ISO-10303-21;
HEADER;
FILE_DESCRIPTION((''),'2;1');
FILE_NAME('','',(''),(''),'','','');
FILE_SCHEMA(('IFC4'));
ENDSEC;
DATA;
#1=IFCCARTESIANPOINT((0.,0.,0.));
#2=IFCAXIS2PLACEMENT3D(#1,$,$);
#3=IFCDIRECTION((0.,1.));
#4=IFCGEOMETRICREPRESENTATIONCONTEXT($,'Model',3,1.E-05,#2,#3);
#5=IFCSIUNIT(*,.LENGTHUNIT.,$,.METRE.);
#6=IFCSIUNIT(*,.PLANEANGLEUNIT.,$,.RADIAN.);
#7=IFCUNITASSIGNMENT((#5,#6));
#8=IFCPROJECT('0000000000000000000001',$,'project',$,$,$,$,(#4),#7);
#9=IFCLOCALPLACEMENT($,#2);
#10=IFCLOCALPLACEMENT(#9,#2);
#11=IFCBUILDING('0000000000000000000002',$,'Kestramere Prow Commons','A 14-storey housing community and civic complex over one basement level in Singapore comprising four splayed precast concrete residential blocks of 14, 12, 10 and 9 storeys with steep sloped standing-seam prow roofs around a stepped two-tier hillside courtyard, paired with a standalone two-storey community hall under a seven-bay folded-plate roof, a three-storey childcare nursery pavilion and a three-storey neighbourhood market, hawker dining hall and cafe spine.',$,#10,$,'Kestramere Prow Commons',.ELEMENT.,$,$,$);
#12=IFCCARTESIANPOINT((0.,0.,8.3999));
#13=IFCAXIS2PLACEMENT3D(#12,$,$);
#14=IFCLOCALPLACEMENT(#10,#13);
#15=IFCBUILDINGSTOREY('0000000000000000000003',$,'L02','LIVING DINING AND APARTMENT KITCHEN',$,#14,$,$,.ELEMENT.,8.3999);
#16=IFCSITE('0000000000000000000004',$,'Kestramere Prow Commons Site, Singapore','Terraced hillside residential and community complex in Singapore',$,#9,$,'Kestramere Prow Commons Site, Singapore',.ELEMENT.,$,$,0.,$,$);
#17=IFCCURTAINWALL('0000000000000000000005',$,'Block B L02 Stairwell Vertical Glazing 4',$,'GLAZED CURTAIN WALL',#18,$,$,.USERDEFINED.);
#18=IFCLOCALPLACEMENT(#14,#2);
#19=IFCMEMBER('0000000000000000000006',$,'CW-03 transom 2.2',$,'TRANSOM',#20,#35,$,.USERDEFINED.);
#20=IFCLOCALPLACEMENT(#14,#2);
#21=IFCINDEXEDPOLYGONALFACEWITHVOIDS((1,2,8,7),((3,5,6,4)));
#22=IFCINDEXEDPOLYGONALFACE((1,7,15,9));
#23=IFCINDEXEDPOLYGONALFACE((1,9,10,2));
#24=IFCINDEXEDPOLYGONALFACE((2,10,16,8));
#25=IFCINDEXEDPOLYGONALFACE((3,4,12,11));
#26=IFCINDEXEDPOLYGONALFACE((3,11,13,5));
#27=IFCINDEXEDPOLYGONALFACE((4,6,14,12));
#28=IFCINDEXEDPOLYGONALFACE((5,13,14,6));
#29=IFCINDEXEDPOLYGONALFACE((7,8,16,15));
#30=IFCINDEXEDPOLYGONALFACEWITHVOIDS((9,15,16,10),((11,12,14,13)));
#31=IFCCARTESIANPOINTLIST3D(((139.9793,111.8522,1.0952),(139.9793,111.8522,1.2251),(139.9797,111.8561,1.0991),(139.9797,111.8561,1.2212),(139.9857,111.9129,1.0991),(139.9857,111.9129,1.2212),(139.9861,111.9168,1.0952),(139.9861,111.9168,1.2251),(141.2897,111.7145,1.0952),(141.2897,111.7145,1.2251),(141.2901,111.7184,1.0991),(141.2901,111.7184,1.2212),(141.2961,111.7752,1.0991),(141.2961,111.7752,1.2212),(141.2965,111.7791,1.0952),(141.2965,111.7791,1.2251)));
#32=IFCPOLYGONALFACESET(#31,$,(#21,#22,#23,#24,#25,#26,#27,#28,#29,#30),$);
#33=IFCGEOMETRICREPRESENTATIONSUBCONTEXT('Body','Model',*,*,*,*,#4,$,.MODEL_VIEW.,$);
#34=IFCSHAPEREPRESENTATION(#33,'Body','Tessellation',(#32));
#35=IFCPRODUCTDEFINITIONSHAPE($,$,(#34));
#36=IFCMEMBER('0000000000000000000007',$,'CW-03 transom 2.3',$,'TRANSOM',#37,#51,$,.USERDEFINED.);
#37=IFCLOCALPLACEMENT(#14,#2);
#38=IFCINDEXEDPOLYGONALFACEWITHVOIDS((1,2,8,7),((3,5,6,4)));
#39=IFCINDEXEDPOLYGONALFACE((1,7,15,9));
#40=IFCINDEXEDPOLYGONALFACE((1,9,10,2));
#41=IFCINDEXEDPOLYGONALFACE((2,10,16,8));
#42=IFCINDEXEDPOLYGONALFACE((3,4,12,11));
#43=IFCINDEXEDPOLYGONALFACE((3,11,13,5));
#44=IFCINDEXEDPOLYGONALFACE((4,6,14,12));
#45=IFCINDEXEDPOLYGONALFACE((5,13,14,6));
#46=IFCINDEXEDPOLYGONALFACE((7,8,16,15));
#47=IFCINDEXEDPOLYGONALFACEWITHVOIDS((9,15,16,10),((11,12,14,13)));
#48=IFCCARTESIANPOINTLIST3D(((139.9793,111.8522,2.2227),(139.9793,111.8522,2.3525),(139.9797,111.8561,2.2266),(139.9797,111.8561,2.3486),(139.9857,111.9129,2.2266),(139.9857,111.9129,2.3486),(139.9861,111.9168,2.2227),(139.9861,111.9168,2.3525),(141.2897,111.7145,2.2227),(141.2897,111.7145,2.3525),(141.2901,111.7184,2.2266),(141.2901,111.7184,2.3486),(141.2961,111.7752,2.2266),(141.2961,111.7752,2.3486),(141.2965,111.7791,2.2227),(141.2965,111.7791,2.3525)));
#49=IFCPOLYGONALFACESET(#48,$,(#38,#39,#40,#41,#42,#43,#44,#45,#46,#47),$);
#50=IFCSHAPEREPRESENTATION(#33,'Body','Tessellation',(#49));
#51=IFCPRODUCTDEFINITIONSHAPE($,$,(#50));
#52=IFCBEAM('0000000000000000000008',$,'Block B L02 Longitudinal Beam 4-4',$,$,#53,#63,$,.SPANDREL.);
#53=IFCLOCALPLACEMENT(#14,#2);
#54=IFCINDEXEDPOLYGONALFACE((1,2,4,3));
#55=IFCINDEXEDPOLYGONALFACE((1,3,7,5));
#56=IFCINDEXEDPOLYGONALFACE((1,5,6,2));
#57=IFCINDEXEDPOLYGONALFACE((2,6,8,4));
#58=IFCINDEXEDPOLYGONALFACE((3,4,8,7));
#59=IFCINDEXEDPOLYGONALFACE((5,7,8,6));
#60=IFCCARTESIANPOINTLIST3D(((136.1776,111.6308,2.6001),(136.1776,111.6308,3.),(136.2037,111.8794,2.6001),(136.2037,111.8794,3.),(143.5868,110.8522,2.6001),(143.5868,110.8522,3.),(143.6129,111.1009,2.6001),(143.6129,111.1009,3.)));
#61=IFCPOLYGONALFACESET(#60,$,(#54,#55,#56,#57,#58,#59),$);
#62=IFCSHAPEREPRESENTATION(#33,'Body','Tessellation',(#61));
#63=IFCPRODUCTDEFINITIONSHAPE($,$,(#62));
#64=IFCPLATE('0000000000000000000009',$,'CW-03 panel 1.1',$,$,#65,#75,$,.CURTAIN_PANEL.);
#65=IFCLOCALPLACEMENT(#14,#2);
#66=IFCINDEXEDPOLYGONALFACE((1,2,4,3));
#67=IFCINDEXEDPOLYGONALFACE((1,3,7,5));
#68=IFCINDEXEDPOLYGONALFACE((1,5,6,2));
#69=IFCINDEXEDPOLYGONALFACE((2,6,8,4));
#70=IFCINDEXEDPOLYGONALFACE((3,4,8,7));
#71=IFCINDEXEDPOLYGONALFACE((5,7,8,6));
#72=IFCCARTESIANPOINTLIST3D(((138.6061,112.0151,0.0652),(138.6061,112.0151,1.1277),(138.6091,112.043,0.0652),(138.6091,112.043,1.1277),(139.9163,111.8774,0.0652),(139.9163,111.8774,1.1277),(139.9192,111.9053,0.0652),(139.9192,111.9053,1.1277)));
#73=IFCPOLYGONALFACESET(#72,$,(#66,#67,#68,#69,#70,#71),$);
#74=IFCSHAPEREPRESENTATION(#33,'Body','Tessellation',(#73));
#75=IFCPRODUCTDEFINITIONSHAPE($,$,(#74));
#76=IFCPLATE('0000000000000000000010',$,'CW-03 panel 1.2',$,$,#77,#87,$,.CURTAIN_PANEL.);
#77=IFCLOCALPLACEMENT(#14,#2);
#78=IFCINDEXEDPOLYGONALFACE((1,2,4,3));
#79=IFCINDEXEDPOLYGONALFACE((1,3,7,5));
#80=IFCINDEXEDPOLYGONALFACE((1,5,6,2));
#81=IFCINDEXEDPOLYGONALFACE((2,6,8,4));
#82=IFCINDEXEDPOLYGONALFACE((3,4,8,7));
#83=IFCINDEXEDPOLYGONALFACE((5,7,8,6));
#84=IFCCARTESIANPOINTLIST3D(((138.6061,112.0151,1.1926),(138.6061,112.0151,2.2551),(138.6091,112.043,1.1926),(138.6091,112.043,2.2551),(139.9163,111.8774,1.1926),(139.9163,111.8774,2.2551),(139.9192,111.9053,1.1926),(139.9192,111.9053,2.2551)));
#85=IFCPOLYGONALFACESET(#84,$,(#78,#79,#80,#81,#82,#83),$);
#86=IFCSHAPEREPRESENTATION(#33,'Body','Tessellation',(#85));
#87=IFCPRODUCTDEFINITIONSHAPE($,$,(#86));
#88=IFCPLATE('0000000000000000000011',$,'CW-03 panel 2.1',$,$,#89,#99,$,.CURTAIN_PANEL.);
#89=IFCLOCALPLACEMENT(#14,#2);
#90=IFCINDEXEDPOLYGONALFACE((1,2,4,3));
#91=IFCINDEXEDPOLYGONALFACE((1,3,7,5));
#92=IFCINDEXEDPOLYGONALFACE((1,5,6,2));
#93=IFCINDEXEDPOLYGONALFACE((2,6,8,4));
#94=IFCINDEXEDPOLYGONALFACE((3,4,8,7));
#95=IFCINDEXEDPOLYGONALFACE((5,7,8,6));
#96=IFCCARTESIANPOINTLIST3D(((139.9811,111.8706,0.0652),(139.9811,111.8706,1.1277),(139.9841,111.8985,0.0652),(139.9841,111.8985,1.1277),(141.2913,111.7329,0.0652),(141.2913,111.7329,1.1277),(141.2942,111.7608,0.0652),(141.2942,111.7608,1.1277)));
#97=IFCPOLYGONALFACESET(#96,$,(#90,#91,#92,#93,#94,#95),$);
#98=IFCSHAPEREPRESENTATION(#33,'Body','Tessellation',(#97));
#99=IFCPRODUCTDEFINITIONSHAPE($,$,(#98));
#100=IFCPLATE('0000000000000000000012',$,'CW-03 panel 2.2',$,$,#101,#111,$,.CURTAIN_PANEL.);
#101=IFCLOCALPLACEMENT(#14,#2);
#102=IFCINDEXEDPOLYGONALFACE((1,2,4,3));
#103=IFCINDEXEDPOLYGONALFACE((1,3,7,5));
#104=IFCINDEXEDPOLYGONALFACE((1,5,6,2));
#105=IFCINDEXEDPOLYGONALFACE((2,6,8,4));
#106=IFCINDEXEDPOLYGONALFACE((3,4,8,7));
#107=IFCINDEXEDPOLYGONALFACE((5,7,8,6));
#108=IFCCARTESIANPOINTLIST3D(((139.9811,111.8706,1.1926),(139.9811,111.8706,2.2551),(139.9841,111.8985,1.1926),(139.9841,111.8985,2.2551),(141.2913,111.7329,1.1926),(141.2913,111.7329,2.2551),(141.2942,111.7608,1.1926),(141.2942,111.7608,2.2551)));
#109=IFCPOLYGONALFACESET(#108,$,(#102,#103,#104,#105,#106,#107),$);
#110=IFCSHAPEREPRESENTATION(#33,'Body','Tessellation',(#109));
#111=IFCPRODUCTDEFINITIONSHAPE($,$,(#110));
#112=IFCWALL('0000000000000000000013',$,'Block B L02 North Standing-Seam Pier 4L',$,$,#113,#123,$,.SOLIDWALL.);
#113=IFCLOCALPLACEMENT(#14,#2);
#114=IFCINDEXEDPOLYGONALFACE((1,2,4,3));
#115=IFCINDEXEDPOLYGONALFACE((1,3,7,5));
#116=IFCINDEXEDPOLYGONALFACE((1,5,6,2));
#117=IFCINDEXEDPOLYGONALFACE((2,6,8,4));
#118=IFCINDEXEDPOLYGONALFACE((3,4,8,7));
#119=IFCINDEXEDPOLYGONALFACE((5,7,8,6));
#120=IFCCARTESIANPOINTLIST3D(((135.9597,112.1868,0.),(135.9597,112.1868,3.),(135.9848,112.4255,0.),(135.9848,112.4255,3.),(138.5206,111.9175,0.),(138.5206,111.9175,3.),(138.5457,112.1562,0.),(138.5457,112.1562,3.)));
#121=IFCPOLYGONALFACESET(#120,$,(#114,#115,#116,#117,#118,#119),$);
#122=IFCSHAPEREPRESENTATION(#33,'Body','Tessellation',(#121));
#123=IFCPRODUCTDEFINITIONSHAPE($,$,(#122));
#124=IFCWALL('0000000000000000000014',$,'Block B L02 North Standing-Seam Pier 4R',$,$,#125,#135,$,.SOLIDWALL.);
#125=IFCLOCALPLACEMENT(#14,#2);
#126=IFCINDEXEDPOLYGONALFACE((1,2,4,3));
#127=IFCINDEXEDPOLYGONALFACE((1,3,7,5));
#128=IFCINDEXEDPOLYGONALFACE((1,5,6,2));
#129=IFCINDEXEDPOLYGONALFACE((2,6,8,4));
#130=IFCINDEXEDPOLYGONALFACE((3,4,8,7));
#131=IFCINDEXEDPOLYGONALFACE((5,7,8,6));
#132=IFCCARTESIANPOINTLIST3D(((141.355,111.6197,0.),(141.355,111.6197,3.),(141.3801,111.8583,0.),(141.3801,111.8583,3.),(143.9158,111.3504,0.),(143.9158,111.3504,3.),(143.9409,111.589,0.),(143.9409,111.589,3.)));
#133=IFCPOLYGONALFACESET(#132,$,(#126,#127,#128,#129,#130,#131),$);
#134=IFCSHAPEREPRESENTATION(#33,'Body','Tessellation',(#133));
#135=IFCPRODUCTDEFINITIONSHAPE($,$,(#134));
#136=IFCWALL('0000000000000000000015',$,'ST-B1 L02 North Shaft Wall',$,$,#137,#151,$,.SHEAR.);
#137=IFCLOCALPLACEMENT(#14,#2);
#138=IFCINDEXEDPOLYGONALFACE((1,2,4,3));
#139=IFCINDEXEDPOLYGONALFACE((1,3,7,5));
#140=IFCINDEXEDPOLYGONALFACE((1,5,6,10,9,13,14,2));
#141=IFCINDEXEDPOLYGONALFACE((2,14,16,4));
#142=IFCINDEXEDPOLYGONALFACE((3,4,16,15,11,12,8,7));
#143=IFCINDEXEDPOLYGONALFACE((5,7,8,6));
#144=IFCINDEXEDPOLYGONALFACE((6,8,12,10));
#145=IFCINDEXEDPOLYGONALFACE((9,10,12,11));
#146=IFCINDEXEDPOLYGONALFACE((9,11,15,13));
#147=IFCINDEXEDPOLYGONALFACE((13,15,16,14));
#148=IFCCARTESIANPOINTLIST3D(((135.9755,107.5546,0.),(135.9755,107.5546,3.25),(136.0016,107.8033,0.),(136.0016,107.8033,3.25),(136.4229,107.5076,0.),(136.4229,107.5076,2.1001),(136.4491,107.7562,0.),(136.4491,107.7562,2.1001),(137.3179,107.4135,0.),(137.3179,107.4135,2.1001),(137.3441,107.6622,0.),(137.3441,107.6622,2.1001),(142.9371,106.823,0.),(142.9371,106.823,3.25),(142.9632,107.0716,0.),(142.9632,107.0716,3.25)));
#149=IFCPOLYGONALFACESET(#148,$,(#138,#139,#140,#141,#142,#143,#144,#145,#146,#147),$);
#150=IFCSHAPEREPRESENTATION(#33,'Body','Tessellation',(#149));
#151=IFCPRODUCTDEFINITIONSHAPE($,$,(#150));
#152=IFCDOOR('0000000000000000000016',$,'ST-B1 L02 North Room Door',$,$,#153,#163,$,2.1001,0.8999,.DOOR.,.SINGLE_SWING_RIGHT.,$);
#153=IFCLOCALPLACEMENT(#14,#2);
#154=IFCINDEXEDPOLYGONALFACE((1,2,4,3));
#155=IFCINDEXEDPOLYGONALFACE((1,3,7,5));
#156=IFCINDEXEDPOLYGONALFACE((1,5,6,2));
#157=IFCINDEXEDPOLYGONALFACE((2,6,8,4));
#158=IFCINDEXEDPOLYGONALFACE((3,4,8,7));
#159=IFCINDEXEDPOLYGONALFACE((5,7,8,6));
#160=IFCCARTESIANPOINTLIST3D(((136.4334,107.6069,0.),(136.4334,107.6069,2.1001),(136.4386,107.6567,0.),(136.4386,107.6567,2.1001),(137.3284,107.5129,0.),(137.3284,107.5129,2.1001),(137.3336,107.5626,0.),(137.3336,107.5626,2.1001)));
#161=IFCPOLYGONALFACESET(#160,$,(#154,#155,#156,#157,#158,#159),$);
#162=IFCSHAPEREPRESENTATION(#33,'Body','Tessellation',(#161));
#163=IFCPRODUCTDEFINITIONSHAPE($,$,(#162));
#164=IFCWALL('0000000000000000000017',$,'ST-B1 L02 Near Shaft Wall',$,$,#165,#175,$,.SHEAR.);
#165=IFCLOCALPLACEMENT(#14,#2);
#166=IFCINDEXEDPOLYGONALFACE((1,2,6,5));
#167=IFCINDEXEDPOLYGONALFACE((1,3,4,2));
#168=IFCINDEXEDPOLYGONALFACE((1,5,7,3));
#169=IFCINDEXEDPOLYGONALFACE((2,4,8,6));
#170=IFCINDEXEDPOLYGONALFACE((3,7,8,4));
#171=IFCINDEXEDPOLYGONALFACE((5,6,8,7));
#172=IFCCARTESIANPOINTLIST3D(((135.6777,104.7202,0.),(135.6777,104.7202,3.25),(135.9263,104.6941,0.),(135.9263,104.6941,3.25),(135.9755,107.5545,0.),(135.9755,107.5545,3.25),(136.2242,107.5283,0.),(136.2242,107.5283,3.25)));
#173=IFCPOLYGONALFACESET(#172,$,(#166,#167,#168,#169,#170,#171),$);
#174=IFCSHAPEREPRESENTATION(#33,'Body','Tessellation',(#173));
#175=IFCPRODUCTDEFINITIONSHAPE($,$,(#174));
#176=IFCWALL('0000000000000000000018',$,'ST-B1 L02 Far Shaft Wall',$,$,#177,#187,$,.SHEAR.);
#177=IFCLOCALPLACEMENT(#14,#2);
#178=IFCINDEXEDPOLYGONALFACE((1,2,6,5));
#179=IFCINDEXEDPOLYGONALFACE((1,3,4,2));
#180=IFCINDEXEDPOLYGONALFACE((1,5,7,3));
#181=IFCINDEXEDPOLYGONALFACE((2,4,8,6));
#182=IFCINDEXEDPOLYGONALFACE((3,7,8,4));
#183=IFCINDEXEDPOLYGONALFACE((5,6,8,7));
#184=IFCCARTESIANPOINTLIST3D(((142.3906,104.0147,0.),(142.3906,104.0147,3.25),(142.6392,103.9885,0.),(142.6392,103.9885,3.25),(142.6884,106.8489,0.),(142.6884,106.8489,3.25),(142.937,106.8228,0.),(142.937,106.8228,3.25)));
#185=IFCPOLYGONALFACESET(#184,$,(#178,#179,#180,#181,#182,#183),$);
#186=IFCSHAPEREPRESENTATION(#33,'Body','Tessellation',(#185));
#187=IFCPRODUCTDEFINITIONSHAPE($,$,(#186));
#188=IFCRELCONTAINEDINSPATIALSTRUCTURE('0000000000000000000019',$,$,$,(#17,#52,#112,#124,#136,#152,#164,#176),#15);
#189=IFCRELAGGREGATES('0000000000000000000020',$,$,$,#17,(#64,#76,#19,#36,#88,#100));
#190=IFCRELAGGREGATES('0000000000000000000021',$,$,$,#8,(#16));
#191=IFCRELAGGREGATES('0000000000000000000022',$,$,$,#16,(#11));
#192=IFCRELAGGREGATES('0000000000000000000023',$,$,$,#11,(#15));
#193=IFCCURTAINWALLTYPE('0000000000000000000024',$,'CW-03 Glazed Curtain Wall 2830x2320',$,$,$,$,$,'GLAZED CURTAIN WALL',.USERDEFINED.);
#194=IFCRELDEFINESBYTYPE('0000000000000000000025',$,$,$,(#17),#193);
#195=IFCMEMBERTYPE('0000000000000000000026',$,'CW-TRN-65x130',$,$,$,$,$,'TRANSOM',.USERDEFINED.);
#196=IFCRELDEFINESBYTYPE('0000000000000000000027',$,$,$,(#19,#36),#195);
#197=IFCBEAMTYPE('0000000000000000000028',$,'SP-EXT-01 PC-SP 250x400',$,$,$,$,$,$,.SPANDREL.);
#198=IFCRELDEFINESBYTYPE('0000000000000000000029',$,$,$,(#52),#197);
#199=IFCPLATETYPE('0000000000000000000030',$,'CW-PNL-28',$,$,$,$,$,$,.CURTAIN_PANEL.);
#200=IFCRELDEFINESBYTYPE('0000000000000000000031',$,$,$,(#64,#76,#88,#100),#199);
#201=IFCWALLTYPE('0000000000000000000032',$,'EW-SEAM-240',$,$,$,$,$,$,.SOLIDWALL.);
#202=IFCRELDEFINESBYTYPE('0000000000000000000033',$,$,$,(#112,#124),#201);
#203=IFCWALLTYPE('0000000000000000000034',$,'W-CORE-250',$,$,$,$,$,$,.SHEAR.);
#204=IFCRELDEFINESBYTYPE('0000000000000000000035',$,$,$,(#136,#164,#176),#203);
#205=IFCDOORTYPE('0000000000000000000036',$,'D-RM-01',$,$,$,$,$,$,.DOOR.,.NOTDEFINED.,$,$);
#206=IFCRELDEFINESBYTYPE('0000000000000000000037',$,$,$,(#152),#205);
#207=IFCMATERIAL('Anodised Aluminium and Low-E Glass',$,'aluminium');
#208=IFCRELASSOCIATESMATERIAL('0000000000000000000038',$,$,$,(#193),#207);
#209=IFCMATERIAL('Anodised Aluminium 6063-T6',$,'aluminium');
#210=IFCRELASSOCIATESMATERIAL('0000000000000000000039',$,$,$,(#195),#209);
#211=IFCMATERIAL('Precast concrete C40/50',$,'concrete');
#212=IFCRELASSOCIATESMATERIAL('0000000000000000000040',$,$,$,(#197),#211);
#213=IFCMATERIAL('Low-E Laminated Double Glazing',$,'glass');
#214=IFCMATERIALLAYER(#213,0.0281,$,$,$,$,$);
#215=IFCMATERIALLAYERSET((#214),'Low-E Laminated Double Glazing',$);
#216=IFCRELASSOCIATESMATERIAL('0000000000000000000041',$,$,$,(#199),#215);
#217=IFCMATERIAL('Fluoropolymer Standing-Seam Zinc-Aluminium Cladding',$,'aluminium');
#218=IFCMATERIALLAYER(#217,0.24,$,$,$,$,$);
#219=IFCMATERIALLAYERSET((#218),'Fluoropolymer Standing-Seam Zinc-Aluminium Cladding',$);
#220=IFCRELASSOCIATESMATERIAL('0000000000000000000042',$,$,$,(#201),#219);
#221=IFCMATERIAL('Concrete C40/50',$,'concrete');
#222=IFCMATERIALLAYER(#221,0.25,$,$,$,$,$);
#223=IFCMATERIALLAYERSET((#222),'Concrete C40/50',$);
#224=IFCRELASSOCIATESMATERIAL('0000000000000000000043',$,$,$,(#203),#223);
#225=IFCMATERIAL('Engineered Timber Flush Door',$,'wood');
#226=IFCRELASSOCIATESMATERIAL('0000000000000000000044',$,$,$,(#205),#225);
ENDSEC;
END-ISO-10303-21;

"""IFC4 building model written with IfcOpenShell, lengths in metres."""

from ifc_helpers import new_model, si_unit, direction, frame, frame_2d, origin, origin_2d, place, context, subcontext, project, spatial, rectangle, hollow_rectangle, extrude, material, layer, layer_set, material_profile, profile_set, type_object, element, fill, aggregate, save


model = new_model("IFC4")

# Units and contexts
model_context = context("Model", 3, precision=1e-05, world=origin(), true_north=direction((0.0, 1.0)))
body_context = subcontext(model_context, "Body", "Model", "MODEL_VIEW")
ifc_project = project(units=[si_unit("LENGTHUNIT", "METRE"), si_unit("PLANEANGLEUNIT", "RADIAN")], contexts=[model_context])

# Site, building, storey
site_placement = place(None, origin())
site = spatial("IfcSite", under=ifc_project, at=site_placement, Name="Kestramere Prow Commons Site, Singapore", Description="Terraced hillside residential and community complex in Singapore", LongName="Kestramere Prow Commons Site, Singapore", CompositionType="ELEMENT", RefElevation=0.0)
building_placement = place(site_placement, origin())
building = spatial("IfcBuilding", under=site, at=building_placement, Name="Kestramere Prow Commons", Description="A 14-storey housing community and civic complex over one basement level in Singapore comprising four splayed precast concrete residential blocks of 14, 12, 10 and 9 storeys with steep sloped standing-seam prow roofs around a stepped two-tier hillside courtyard, paired with a standalone two-storey community hall under a seven-bay folded-plate roof, a three-storey childcare nursery pavilion and a three-storey neighbourhood market, hawker dining hall and cafe spine.", LongName="Kestramere Prow Commons", CompositionType="ELEMENT")
storey_placement = place(building_placement, frame((0.0, 0.0, 8.3999)))
storey = spatial("IfcBuildingStorey", under=building, at=storey_placement, Name="L02", Description="LIVING DINING AND APARTMENT KITCHEN", CompositionType="ELEMENT", Elevation=8.3999)

# Shared definitions
ifc_material_1 = material(Name="Precast concrete C40/50", Category="concrete")

# Shared definitions
ifc_material_2 = material(Name="Concrete C40/50", Category="concrete")

# Curtain wall, members
ifc_material_3 = material(Name="Anodised Aluminium and Low-E Glass", Category="aluminium")
curtain_wall_type = type_object("IfcCurtainWallType", Name="CW-03 Glazed Curtain Wall 2830x2320", ElementType="GLAZED CURTAIN WALL", PredefinedType="USERDEFINED", material=ifc_material_3)
curtain_wall_placement = place(storey_placement, origin())
curtain_wall = element("IfcCurtainWall", 1, at=curtain_wall_placement, inside=storey, type_object=curtain_wall_type, Name="Block B L02 Stairwell Vertical Glazing 4", ObjectType="GLAZED CURTAIN WALL", PredefinedType="USERDEFINED")
ifc_material_4 = material(Name="Anodised Aluminium 6063-T6", Category="aluminium")
ifc_material_profile_1 = material_profile(ifc_material_4, hollow_rectangle(XDim=0.0649, YDim=0.1299, WallThickness=0.0039, at=origin_2d()), Name="ALU-TRN 65x130")
ifc_profile_set_1 = profile_set([ifc_material_profile_1], Name="Anodised Aluminium 6063-T6")
member_type_1 = type_object("IfcMemberType", Name="CW-TRN-65x130", ElementType="TRANSOM", PredefinedType="USERDEFINED", material=ifc_profile_set_1)
member_1_placement = place(storey_placement, frame((139.9827, 111.8845, 1.1602), z_axis=(0.994524, -0.104511, 0.0), x_axis=(0.104511, 0.994524, 0.0)))
member_1 = element("IfcMember", 2, at=member_1_placement, type_object=member_type_1, Name="CW-03 transom 2.2", ObjectType="TRANSOM", PredefinedType="USERDEFINED", context=body_context, shape_type="SweptSolid", body=[
    extrude(hollow_rectangle(XDim=0.0649, YDim=0.1299, WallThickness=0.0039, at=origin_2d()), origin(), (0.0, 0.0, 1.0), 1.3176),
])
member_2_placement = place(storey_placement, frame((139.9827, 111.8845, 2.2876), z_axis=(0.994524, -0.104511, 0.0), x_axis=(0.104511, 0.994524, 0.0)))
member_2 = element("IfcMember", 3, at=member_2_placement, type_object=member_type_1, Name="CW-03 transom 2.3", ObjectType="TRANSOM", PredefinedType="USERDEFINED", context=body_context, shape_type="SweptSolid", body=[
    extrude(hollow_rectangle(XDim=0.0649, YDim=0.1299, WallThickness=0.0039, at=origin_2d()), origin(), (0.0, 0.0, 1.0), 1.3176),
])

# Beam
ifc_material_profile_2 = material_profile(ifc_material_1, rectangle(XDim=0.25, YDim=0.3999, at=origin_2d()), Name="PC-SP 250x400")
ifc_profile_set_2 = profile_set([ifc_material_profile_2], Name="Precast concrete C40/50")
beam_type_1 = type_object("IfcBeamType", Name="SP-EXT-01 PC-SP 250x400", PredefinedType="SPANDREL", material=ifc_profile_set_2)
beam_1_placement = place(storey_placement, frame((136.1907, 111.7551, 2.8), z_axis=(0.994524, -0.104506, 0.0), x_axis=(0.104506, 0.994524, 0.0)))
element("IfcBeam", 4, at=beam_1_placement, inside=storey, type_object=beam_type_1, Name="Block B L02 Longitudinal Beam 4-4", PredefinedType="SPANDREL", context=body_context, shape_type="SweptSolid", body=[
    extrude(rectangle(XDim=0.25, YDim=0.3999, at=origin_2d()), origin(), (0.0, 0.0, 1.0), 7.45),
])

# Plates
ifc_material_5 = material(Name="Low-E Laminated Double Glazing", Category="glass")
ifc_layer_1 = layer(ifc_material_5, 0.0281)
ifc_layer_set_1 = layer_set([ifc_layer_1], Name="Low-E Laminated Double Glazing")
plate_type = type_object("IfcPlateType", Name="CW-PNL-28", PredefinedType="CURTAIN_PANEL", material=ifc_layer_set_1)
plate_1_placement = place(storey_placement, frame((139.2627, 111.9602, 0.0652), z_axis=(0.0, 0.0, 1.0), x_axis=(0.994522, -0.104529, 0.0)))
plate_1 = element("IfcPlate", 5, at=plate_1_placement, type_object=plate_type, Name="CW-03 panel 1.1", PredefinedType="CURTAIN_PANEL", context=body_context, shape_type="SweptSolid", body=[
    extrude(rectangle(XDim=1.3174, YDim=0.0281, at=origin_2d()), origin(), (0.0, 0.0, 1.0), 1.0625),
])
plate_2_placement = place(storey_placement, frame((139.2627, 111.9602, 1.1926), z_axis=(0.0, 0.0, 1.0), x_axis=(0.994522, -0.104529, 0.0)))
plate_2 = element("IfcPlate", 6, at=plate_2_placement, type_object=plate_type, Name="CW-03 panel 1.2", PredefinedType="CURTAIN_PANEL", context=body_context, shape_type="SweptSolid", body=[
    extrude(rectangle(XDim=1.3174, YDim=0.0281, at=origin_2d()), origin(), (0.0, 0.0, 1.0), 1.0625),
])
plate_3_placement = place(storey_placement, frame((140.6377, 111.8157, 0.0652), z_axis=(0.0, 0.0, 1.0), x_axis=(0.994522, -0.104529, 0.0)))
plate_3 = element("IfcPlate", 7, at=plate_3_placement, type_object=plate_type, Name="CW-03 panel 2.1", PredefinedType="CURTAIN_PANEL", context=body_context, shape_type="SweptSolid", body=[
    extrude(rectangle(XDim=1.3174, YDim=0.0281, at=origin_2d()), origin(), (0.0, 0.0, 1.0), 1.0625),
])
plate_4_placement = place(storey_placement, frame((140.6377, 111.8157, 1.1926), z_axis=(0.0, 0.0, 1.0), x_axis=(0.994522, -0.104529, 0.0)))
plate_4 = element("IfcPlate", 8, at=plate_4_placement, type_object=plate_type, Name="CW-03 panel 2.2", PredefinedType="CURTAIN_PANEL", context=body_context, shape_type="SweptSolid", body=[
    extrude(rectangle(XDim=1.3174, YDim=0.0281, at=origin_2d()), origin(), (0.0, 0.0, 1.0), 1.0625),
])
aggregate(curtain_wall, [plate_1, plate_2, member_1, member_2, plate_3, plate_4])

# Walls
ifc_material_6 = material(Name="Fluoropolymer Standing-Seam Zinc-Aluminium Cladding", Category="aluminium")
ifc_layer_2 = layer(ifc_material_6, 0.24)
ifc_layer_set_2 = layer_set([ifc_layer_2], Name="Fluoropolymer Standing-Seam Zinc-Aluminium Cladding")
wall_type_1 = type_object("IfcWallType", Name="EW-SEAM-240", PredefinedType="SOLIDWALL", material=ifc_layer_set_2)
for number, where, z_axis, x_axis, name in (
    (9, (135.9722, 112.3062, 0.0), (0.0, 0.0, 1.0), (0.994516, -0.104581, 0.0), "Block B L02 North Standing-Seam Pier 4L"),
    (10, (141.3674, 111.739, 0.0), (0.0, 0.0, 1.0), (0.994516, -0.104581, 0.0), "Block B L02 North Standing-Seam Pier 4R"),
):
    element("IfcWall", number, at=place(storey_placement, frame(where, z_axis=z_axis, x_axis=x_axis)), inside=storey, type_object=wall_type_1, Name=name, PredefinedType="SOLIDWALL", context=body_context, shape_type="SweptSolid", body=[
        extrude(rectangle(XDim=2.575, YDim=0.24, at=frame_2d((1.2876, 0.0))), origin(), (0.0, 0.0, 1.0), 3.0),
    ])

# Wall, opening, door
ifc_layer_3 = layer(ifc_material_2, 0.25)
ifc_layer_set_3 = layer_set([ifc_layer_3], Name="Concrete C40/50")
wall_type_2 = type_object("IfcWallType", Name="W-CORE-250", PredefinedType="SHEAR", material=ifc_layer_set_3)
wall_1_placement = place(storey_placement, frame((135.9885, 107.679, 0.0), z_axis=(0.0, 0.0, 1.0), x_axis=(0.994522, -0.104527, 0.0)))
wall_1 = element("IfcWall", 11, at=wall_1_placement, inside=storey, type_object=wall_type_2, Name="ST-B1 L02 North Shaft Wall", PredefinedType="SHEAR", context=body_context, shape_type="SweptSolid", body=[
    extrude(rectangle(XDim=7.0, YDim=0.25, at=frame_2d((3.5, 0.0))), origin(), (0.0, 0.0, 1.0), 3.25),
])
opening_1_placement = place(wall_1_placement, frame((0.45, 0.0, 0.0)))
opening_1 = element("IfcOpeningElement", 12, at=opening_1_placement, cuts=wall_1, PredefinedType="OPENING", context=body_context, shape_type="SweptSolid", body=[
    extrude(rectangle(XDim=0.8999, YDim=2.1001, at=frame_2d((0.45, 1.05))), frame((0.0, 0.1399, 0.0), z_axis=(0.0, -1.0, 0.0), x_axis=(1.0, 0.0, 0.0)), (0.0, 0.0, 1.0), 0.28),
])
ifc_material_7 = material(Name="Engineered Timber Flush Door", Category="wood")
door_type_1 = type_object("IfcDoorType", Name="D-RM-01", OperationType="NOTDEFINED", PredefinedType="DOOR", material=ifc_material_7)
door_1_placement = place(opening_1_placement, origin())
door_1 = element("IfcDoor", 13, at=door_1_placement, inside=storey, type_object=door_type_1, Name="ST-B1 L02 North Room Door", OperationType="SINGLE_SWING_RIGHT", OverallHeight=2.1001, OverallWidth=0.8999, PredefinedType="DOOR", context=body_context, shape_type="SweptSolid", body=[
    extrude(rectangle(XDim=0.8999, YDim=2.1001, at=frame_2d((0.45, 1.05))), frame((0.0, 0.0249, 0.0), z_axis=(0.0, -1.0, 0.0), x_axis=(1.0, 0.0, 0.0)), (0.0, 0.0, 1.0), 0.05),
])
fill(opening_1, door_1)

# Walls
for number, where, z_axis, x_axis, name in (
    (14, (135.802, 104.7073, 0.0), (0.0, 0.0, 1.0), (0.104515, 0.994523, 0.0), "ST-B1 L02 Near Shaft Wall"),
    (15, (142.5149, 104.0017, 0.0), (0.0, 0.0, 1.0), (0.104515, 0.994523, 0.0), "ST-B1 L02 Far Shaft Wall"),
):
    element("IfcWall", number, at=place(storey_placement, frame(where, z_axis=z_axis, x_axis=x_axis)), inside=storey, type_object=wall_type_2, Name=name, PredefinedType="SHEAR", context=body_context, shape_type="SweptSolid", body=[
        extrude(rectangle(XDim=2.8499, YDim=0.25, at=frame_2d((1.4248, 0.0))), origin(), (0.0, 0.0, 1.0), 3.25),
    ])

save(model, "model.ifc")
